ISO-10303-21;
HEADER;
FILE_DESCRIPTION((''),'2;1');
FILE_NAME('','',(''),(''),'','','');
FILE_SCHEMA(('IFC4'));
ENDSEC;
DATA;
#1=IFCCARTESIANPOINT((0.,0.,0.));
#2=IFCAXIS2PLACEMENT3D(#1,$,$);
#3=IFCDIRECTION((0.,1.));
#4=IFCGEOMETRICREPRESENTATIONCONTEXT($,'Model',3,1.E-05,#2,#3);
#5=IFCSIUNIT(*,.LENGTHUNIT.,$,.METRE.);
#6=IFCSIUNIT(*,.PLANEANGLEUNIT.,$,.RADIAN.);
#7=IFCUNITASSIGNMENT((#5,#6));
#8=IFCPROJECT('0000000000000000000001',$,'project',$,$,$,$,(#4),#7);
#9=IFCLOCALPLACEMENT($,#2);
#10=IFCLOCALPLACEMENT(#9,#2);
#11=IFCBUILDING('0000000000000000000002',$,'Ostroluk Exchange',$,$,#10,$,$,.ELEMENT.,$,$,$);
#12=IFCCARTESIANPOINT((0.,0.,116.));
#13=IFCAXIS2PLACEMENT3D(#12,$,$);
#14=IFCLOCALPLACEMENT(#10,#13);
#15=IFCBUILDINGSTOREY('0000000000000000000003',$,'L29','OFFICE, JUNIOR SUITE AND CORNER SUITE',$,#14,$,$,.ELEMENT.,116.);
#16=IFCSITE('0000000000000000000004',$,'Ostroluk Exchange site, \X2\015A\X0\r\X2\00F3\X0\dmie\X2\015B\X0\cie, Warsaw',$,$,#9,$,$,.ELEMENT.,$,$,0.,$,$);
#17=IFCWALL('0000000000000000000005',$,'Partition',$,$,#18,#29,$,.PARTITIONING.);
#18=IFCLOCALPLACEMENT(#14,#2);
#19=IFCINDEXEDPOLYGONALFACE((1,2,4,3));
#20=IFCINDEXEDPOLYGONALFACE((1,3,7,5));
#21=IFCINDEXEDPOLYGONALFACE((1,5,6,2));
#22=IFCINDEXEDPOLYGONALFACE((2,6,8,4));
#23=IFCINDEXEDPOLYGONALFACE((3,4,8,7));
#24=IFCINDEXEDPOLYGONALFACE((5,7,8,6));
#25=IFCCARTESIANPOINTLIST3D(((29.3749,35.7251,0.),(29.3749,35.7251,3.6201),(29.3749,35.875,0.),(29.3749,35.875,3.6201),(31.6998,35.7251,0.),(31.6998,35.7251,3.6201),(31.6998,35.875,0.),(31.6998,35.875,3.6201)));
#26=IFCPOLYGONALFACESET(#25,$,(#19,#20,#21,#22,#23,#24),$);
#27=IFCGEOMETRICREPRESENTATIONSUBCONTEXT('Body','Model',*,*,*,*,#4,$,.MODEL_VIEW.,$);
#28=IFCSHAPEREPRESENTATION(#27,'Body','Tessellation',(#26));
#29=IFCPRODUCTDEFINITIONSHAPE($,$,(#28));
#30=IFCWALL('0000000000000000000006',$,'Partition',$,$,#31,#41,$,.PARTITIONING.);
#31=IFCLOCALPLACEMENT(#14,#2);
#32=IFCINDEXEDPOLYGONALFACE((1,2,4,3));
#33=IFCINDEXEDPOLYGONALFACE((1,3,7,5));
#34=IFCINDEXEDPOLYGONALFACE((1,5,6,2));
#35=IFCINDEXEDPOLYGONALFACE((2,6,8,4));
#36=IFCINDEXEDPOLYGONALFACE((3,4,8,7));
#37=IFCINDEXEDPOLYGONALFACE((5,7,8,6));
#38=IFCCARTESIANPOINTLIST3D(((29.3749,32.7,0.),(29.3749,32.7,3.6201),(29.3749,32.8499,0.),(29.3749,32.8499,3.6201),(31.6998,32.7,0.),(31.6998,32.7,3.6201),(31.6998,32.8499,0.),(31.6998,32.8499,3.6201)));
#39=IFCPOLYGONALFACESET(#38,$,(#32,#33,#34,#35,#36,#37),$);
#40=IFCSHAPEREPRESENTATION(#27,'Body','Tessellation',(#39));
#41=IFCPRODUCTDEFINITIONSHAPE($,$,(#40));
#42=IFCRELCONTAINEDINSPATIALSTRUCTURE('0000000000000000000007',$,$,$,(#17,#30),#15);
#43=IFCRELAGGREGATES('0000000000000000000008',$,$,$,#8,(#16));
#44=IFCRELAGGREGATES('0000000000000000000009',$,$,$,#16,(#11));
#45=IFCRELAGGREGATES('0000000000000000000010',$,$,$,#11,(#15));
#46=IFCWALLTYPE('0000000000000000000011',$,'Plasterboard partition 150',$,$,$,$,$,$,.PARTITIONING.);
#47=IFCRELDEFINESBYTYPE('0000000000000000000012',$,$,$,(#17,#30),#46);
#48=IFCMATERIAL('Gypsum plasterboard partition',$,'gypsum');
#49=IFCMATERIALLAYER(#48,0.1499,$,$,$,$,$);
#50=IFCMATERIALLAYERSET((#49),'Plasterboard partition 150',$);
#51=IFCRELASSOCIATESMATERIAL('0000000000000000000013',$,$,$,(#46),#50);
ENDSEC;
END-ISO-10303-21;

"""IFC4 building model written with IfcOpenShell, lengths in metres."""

from ifc_helpers import new_model, si_unit, direction, frame, frame_2d, origin, place, context, subcontext, project, spatial, rectangle, extrude, material, layer, layer_set, type_object, element, save


model = new_model("IFC4")

# Units and contexts
model_context = context("Model", 3, precision=1e-05, world=origin(), true_north=direction((0.0, 1.0)))
body_context = subcontext(model_context, "Body", "Model", "MODEL_VIEW")
ifc_project = project(units=[si_unit("LENGTHUNIT", "METRE"), si_unit("PLANEANGLEUNIT", "RADIAN")], contexts=[model_context])

# Site, building, storey
site_placement = place(None, origin())
site = spatial("IfcSite", under=ifc_project, at=site_placement, Name="Ostroluk Exchange site, Śródmieście, Warsaw", CompositionType="ELEMENT", RefElevation=0.0)
building_placement = place(site_placement, origin())
building = spatial("IfcBuilding", under=site, at=building_placement, Name="Ostroluk Exchange", CompositionType="ELEMENT")
storey_placement = place(building_placement, frame((0.0, 0.0, 116.0)))
storey = spatial("IfcBuildingStorey", under=building, at=storey_placement, Name="L29", Description="OFFICE, JUNIOR SUITE AND CORNER SUITE", CompositionType="ELEMENT", Elevation=116.0)

# Shared definitions
ifc_material_1 = material(Name="Gypsum plasterboard partition", Category="gypsum")
ifc_layer_1 = layer(ifc_material_1, 0.1499)
ifc_layer_set_1 = layer_set([ifc_layer_1], Name="Plasterboard partition 150")
wall_type_1 = type_object("IfcWallType", Name="Plasterboard partition 150", PredefinedType="PARTITIONING", material=ifc_layer_set_1)

# Walls
for number, where, z_axis, x_axis, name in (
    (1, (31.7, 35.8, 0.0), (0.0, 0.0, 1.0), (-1.0, 0.0, 0.0), "Partition"),
    (2, (31.7, 32.7749, 0.0), (0.0, 0.0, 1.0), (-1.0, 0.0, 0.0), "Partition"),
):
    element("IfcWall", number, at=place(storey_placement, frame(where, z_axis=z_axis, x_axis=x_axis)), inside=storey, type_object=wall_type_1, Name=name, PredefinedType="PARTITIONING", context=body_context, shape_type="SweptSolid", body=[
        extrude(rectangle(XDim=2.325, YDim=0.1499, at=frame_2d((1.1626, 0.0))), origin(), (0.0, 0.0, 1.0), 3.6201),
    ])

save(model, "model.ifc")
